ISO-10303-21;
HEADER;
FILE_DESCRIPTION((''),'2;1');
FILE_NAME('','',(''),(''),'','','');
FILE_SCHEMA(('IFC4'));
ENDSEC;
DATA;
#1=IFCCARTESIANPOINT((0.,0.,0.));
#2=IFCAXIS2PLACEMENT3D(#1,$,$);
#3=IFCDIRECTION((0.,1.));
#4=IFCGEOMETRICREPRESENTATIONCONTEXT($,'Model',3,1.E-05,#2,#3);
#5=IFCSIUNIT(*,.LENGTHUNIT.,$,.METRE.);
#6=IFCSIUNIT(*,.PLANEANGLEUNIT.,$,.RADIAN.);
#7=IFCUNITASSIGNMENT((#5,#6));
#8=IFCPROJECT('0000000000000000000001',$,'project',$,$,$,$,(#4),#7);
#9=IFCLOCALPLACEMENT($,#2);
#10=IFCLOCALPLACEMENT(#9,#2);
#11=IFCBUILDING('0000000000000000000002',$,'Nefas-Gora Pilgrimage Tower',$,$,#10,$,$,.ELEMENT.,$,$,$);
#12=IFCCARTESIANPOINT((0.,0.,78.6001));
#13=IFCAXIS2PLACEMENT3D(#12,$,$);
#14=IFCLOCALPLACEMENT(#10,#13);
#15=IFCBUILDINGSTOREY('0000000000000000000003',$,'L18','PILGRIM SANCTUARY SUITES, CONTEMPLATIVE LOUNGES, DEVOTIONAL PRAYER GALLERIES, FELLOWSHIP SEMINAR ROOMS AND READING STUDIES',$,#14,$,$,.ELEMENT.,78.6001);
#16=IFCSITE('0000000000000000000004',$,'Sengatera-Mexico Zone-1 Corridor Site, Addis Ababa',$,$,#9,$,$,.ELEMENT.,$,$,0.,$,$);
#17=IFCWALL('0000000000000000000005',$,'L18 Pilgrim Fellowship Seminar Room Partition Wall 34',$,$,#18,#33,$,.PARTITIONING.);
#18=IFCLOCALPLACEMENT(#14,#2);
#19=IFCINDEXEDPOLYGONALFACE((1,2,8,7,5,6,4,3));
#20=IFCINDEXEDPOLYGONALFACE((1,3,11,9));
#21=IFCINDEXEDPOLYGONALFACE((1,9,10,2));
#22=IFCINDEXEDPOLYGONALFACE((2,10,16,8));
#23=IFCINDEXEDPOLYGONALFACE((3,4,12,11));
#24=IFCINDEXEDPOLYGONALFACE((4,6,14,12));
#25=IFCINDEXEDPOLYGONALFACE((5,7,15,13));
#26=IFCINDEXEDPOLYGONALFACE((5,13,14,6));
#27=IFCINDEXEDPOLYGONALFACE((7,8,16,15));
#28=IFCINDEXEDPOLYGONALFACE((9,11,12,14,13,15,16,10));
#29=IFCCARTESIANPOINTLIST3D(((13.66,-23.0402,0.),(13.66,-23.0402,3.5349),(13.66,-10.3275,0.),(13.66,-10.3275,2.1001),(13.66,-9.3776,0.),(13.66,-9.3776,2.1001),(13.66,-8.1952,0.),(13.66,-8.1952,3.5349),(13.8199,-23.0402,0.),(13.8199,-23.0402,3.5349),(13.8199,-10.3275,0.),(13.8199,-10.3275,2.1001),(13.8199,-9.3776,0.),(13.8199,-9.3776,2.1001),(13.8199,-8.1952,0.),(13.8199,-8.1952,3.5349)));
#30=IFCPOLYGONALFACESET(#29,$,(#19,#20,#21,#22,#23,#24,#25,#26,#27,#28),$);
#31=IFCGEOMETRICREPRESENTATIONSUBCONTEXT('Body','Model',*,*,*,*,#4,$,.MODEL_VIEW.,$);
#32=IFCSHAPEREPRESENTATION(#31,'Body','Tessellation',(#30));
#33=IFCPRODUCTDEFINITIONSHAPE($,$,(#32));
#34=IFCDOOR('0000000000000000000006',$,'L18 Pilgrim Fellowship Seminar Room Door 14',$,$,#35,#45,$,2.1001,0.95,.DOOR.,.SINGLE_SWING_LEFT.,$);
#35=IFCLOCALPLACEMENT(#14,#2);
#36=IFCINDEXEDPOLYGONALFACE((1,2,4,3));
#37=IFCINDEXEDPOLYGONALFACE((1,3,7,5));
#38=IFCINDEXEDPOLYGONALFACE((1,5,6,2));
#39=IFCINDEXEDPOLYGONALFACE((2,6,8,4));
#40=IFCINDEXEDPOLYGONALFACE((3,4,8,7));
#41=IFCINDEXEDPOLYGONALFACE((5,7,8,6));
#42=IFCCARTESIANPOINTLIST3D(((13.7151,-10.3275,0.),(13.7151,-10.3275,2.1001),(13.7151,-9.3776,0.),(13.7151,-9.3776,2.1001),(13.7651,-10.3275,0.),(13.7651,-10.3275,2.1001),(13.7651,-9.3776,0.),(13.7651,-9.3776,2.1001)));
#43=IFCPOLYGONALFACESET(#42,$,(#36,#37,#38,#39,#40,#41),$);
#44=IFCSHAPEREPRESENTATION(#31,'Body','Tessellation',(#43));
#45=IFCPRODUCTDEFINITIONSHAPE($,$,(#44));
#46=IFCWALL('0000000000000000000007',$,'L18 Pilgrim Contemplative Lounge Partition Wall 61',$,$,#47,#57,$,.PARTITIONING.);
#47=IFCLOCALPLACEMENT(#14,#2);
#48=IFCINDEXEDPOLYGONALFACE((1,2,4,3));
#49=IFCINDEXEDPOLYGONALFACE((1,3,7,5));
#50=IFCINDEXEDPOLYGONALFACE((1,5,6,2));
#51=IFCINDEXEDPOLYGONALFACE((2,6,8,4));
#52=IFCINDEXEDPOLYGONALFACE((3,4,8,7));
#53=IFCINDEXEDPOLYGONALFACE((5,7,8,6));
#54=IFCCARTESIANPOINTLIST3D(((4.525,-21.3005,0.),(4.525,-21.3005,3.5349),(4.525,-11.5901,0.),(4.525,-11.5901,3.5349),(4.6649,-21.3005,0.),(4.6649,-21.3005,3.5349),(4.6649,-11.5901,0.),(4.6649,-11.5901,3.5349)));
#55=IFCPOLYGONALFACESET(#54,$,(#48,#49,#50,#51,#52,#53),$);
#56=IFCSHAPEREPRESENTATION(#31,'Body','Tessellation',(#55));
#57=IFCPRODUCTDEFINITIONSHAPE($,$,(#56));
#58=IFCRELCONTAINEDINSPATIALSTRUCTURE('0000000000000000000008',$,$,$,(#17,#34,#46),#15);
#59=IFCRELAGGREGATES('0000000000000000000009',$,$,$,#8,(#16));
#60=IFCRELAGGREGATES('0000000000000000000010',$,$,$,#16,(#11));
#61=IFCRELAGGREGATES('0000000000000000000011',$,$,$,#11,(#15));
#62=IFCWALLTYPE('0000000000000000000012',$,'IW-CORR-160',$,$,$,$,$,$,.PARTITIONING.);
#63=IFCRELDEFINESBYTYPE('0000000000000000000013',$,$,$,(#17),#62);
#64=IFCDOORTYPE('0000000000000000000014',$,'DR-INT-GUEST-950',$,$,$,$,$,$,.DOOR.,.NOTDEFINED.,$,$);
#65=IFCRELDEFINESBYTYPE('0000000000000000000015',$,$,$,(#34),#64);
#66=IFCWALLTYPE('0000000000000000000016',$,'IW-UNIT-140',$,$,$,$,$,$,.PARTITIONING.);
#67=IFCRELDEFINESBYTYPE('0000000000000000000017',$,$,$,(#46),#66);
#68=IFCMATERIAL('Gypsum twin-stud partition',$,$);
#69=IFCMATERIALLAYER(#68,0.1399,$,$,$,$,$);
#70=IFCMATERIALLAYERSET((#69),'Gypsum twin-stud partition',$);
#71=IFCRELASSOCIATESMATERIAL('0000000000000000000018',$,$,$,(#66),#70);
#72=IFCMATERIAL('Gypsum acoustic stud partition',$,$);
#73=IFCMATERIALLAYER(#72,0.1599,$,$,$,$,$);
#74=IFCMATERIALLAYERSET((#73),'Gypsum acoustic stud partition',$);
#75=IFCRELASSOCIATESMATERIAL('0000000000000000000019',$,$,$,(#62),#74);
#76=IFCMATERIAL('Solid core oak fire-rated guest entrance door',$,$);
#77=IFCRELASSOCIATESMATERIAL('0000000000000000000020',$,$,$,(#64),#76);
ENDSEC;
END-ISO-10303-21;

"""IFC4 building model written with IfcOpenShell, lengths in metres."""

from ifc_helpers import new_model, si_unit, direction, frame, frame_2d, origin, place, context, subcontext, project, spatial, rectangle, extrude, source, transform, mapped, material, layer, layer_set, type_object, element, fill, save


model = new_model("IFC4")

# Units and contexts
model_context = context("Model", 3, precision=1e-05, world=origin(), true_north=direction((0.0, 1.0)))
body_context = subcontext(model_context, "Body", "Model", "MODEL_VIEW")
ifc_project = project(units=[si_unit("LENGTHUNIT", "METRE"), si_unit("PLANEANGLEUNIT", "RADIAN")], contexts=[model_context])

# Site, building, storey
site_placement = place(None, origin())
site = spatial("IfcSite", under=ifc_project, at=site_placement, Name="Sengatera-Mexico Zone-1 Corridor Site, Addis Ababa", CompositionType="ELEMENT", RefElevation=0.0)
building_placement = place(site_placement, origin())
building = spatial("IfcBuilding", under=site, at=building_placement, Name="Nefas-Gora Pilgrimage Tower", CompositionType="ELEMENT")
storey_placement = place(building_placement, frame((0.0, 0.0, 78.6001)))
storey = spatial("IfcBuildingStorey", under=building, at=storey_placement, Name="L18", Description="PILGRIM SANCTUARY SUITES, CONTEMPLATIVE LOUNGES, DEVOTIONAL PRAYER GALLERIES, FELLOWSHIP SEMINAR ROOMS AND READING STUDIES", CompositionType="ELEMENT", Elevation=78.6001)

# Shared definitions
ifc_material_1 = material(Name="Gypsum twin-stud partition")
ifc_layer_1 = layer(ifc_material_1, 0.1399)
ifc_layer_set_1 = layer_set([ifc_layer_1], Name="Gypsum twin-stud partition")
wall_type_1 = type_object("IfcWallType", Name="IW-UNIT-140", PredefinedType="PARTITIONING", material=ifc_layer_set_1)

# Wall, opening, door
ifc_material_2 = material(Name="Gypsum acoustic stud partition")
ifc_layer_2 = layer(ifc_material_2, 0.1599)
ifc_layer_set_2 = layer_set([ifc_layer_2], Name="Gypsum acoustic stud partition")
wall_type_2 = type_object("IfcWallType", Name="IW-CORR-160", PredefinedType="PARTITIONING", material=ifc_layer_set_2)
shared_shape_1 = source(origin(), body_context, "Body", "SweptSolid", [
    extrude(rectangle(XDim=14.845, YDim=0.1599, at=frame_2d((7.4224, 0.0))), origin(), (0.0, 0.0, 1.0), 3.5349),
])
wall_1_placement = place(storey_placement, frame((13.74, -23.04, 0.0), z_axis=(0.0, 0.0, 1.0), x_axis=(0.0, 1.0, 0.0)))
wall_1 = element("IfcWall", 1, at=wall_1_placement, inside=storey, type_object=wall_type_2, Name="L18 Pilgrim Fellowship Seminar Room Partition Wall 34", PredefinedType="PARTITIONING", context=body_context, shape_type="MappedRepresentation", body=[
    mapped(shared_shape_1, transform((0.0, 0.0, 0.0), x_axis=(1.0, 0.0, 0.0), y_axis=(0.0, 1.0, 0.0), z_axis=(0.0, 0.0, 1.0), scale=1.0)),
])
opening_placement = place(wall_1_placement, frame((12.7124, 0.0, 0.0)))
opening = element("IfcOpeningElement", 2, at=opening_placement, cuts=wall_1, PredefinedType="OPENING", context=body_context, shape_type="SweptSolid", body=[
    extrude(rectangle(XDim=0.95, YDim=2.1001, at=frame_2d((0.4751, 1.05))), frame((0.0, 0.0898, 0.0), z_axis=(0.0, -1.0, 0.0), x_axis=(1.0, 0.0, 0.0)), (0.0, 0.0, 1.0), 0.1799),
])
ifc_material_3 = material(Name="Solid core oak fire-rated guest entrance door")
door_type = type_object("IfcDoorType", Name="DR-INT-GUEST-950", OperationType="NOTDEFINED", PredefinedType="DOOR", material=ifc_material_3)
shared_shape_2 = source(origin(), body_context, "Body", "SweptSolid", [
    extrude(rectangle(XDim=0.95, YDim=2.1001, at=frame_2d((0.4751, 1.05))), frame((0.0, 0.0249, 0.0), z_axis=(0.0, -1.0, 0.0), x_axis=(1.0, 0.0, 0.0)), (0.0, 0.0, 1.0), 0.05),
])
door_placement = place(opening_placement, origin())
door = element("IfcDoor", 3, at=door_placement, inside=storey, type_object=door_type, Name="L18 Pilgrim Fellowship Seminar Room Door 14", OperationType="SINGLE_SWING_LEFT", OverallHeight=2.1001, OverallWidth=0.95, PredefinedType="DOOR", context=body_context, shape_type="MappedRepresentation", body=[
    mapped(shared_shape_2, transform((0.0, 0.0, 0.0), x_axis=(1.0, 0.0, 0.0), y_axis=(0.0, 1.0, 0.0), z_axis=(0.0, 0.0, 1.0), scale=1.0)),
])
fill(opening, door)

# Wall
shared_shape_3 = source(origin(), body_context, "Body", "SweptSolid", [
    extrude(rectangle(XDim=9.7104, YDim=0.1399, at=frame_2d((4.8552, 0.0))), origin(), (0.0, 0.0, 1.0), 3.5349),
])
wall_2_placement = place(storey_placement, frame((4.595, -21.3005, 0.0), z_axis=(0.0, 0.0, 1.0), x_axis=(0.0, 1.0, 0.0)))
element("IfcWall", 4, at=wall_2_placement, inside=storey, type_object=wall_type_1, Name="L18 Pilgrim Contemplative Lounge Partition Wall 61", PredefinedType="PARTITIONING", context=body_context, shape_type="MappedRepresentation", body=[
    mapped(shared_shape_3, transform((0.0, 0.0, 0.0), x_axis=(1.0, 0.0, 0.0), y_axis=(0.0, 1.0, 0.0), z_axis=(0.0, 0.0, 1.0), scale=1.0)),
])

save(model, "model.ifc")
